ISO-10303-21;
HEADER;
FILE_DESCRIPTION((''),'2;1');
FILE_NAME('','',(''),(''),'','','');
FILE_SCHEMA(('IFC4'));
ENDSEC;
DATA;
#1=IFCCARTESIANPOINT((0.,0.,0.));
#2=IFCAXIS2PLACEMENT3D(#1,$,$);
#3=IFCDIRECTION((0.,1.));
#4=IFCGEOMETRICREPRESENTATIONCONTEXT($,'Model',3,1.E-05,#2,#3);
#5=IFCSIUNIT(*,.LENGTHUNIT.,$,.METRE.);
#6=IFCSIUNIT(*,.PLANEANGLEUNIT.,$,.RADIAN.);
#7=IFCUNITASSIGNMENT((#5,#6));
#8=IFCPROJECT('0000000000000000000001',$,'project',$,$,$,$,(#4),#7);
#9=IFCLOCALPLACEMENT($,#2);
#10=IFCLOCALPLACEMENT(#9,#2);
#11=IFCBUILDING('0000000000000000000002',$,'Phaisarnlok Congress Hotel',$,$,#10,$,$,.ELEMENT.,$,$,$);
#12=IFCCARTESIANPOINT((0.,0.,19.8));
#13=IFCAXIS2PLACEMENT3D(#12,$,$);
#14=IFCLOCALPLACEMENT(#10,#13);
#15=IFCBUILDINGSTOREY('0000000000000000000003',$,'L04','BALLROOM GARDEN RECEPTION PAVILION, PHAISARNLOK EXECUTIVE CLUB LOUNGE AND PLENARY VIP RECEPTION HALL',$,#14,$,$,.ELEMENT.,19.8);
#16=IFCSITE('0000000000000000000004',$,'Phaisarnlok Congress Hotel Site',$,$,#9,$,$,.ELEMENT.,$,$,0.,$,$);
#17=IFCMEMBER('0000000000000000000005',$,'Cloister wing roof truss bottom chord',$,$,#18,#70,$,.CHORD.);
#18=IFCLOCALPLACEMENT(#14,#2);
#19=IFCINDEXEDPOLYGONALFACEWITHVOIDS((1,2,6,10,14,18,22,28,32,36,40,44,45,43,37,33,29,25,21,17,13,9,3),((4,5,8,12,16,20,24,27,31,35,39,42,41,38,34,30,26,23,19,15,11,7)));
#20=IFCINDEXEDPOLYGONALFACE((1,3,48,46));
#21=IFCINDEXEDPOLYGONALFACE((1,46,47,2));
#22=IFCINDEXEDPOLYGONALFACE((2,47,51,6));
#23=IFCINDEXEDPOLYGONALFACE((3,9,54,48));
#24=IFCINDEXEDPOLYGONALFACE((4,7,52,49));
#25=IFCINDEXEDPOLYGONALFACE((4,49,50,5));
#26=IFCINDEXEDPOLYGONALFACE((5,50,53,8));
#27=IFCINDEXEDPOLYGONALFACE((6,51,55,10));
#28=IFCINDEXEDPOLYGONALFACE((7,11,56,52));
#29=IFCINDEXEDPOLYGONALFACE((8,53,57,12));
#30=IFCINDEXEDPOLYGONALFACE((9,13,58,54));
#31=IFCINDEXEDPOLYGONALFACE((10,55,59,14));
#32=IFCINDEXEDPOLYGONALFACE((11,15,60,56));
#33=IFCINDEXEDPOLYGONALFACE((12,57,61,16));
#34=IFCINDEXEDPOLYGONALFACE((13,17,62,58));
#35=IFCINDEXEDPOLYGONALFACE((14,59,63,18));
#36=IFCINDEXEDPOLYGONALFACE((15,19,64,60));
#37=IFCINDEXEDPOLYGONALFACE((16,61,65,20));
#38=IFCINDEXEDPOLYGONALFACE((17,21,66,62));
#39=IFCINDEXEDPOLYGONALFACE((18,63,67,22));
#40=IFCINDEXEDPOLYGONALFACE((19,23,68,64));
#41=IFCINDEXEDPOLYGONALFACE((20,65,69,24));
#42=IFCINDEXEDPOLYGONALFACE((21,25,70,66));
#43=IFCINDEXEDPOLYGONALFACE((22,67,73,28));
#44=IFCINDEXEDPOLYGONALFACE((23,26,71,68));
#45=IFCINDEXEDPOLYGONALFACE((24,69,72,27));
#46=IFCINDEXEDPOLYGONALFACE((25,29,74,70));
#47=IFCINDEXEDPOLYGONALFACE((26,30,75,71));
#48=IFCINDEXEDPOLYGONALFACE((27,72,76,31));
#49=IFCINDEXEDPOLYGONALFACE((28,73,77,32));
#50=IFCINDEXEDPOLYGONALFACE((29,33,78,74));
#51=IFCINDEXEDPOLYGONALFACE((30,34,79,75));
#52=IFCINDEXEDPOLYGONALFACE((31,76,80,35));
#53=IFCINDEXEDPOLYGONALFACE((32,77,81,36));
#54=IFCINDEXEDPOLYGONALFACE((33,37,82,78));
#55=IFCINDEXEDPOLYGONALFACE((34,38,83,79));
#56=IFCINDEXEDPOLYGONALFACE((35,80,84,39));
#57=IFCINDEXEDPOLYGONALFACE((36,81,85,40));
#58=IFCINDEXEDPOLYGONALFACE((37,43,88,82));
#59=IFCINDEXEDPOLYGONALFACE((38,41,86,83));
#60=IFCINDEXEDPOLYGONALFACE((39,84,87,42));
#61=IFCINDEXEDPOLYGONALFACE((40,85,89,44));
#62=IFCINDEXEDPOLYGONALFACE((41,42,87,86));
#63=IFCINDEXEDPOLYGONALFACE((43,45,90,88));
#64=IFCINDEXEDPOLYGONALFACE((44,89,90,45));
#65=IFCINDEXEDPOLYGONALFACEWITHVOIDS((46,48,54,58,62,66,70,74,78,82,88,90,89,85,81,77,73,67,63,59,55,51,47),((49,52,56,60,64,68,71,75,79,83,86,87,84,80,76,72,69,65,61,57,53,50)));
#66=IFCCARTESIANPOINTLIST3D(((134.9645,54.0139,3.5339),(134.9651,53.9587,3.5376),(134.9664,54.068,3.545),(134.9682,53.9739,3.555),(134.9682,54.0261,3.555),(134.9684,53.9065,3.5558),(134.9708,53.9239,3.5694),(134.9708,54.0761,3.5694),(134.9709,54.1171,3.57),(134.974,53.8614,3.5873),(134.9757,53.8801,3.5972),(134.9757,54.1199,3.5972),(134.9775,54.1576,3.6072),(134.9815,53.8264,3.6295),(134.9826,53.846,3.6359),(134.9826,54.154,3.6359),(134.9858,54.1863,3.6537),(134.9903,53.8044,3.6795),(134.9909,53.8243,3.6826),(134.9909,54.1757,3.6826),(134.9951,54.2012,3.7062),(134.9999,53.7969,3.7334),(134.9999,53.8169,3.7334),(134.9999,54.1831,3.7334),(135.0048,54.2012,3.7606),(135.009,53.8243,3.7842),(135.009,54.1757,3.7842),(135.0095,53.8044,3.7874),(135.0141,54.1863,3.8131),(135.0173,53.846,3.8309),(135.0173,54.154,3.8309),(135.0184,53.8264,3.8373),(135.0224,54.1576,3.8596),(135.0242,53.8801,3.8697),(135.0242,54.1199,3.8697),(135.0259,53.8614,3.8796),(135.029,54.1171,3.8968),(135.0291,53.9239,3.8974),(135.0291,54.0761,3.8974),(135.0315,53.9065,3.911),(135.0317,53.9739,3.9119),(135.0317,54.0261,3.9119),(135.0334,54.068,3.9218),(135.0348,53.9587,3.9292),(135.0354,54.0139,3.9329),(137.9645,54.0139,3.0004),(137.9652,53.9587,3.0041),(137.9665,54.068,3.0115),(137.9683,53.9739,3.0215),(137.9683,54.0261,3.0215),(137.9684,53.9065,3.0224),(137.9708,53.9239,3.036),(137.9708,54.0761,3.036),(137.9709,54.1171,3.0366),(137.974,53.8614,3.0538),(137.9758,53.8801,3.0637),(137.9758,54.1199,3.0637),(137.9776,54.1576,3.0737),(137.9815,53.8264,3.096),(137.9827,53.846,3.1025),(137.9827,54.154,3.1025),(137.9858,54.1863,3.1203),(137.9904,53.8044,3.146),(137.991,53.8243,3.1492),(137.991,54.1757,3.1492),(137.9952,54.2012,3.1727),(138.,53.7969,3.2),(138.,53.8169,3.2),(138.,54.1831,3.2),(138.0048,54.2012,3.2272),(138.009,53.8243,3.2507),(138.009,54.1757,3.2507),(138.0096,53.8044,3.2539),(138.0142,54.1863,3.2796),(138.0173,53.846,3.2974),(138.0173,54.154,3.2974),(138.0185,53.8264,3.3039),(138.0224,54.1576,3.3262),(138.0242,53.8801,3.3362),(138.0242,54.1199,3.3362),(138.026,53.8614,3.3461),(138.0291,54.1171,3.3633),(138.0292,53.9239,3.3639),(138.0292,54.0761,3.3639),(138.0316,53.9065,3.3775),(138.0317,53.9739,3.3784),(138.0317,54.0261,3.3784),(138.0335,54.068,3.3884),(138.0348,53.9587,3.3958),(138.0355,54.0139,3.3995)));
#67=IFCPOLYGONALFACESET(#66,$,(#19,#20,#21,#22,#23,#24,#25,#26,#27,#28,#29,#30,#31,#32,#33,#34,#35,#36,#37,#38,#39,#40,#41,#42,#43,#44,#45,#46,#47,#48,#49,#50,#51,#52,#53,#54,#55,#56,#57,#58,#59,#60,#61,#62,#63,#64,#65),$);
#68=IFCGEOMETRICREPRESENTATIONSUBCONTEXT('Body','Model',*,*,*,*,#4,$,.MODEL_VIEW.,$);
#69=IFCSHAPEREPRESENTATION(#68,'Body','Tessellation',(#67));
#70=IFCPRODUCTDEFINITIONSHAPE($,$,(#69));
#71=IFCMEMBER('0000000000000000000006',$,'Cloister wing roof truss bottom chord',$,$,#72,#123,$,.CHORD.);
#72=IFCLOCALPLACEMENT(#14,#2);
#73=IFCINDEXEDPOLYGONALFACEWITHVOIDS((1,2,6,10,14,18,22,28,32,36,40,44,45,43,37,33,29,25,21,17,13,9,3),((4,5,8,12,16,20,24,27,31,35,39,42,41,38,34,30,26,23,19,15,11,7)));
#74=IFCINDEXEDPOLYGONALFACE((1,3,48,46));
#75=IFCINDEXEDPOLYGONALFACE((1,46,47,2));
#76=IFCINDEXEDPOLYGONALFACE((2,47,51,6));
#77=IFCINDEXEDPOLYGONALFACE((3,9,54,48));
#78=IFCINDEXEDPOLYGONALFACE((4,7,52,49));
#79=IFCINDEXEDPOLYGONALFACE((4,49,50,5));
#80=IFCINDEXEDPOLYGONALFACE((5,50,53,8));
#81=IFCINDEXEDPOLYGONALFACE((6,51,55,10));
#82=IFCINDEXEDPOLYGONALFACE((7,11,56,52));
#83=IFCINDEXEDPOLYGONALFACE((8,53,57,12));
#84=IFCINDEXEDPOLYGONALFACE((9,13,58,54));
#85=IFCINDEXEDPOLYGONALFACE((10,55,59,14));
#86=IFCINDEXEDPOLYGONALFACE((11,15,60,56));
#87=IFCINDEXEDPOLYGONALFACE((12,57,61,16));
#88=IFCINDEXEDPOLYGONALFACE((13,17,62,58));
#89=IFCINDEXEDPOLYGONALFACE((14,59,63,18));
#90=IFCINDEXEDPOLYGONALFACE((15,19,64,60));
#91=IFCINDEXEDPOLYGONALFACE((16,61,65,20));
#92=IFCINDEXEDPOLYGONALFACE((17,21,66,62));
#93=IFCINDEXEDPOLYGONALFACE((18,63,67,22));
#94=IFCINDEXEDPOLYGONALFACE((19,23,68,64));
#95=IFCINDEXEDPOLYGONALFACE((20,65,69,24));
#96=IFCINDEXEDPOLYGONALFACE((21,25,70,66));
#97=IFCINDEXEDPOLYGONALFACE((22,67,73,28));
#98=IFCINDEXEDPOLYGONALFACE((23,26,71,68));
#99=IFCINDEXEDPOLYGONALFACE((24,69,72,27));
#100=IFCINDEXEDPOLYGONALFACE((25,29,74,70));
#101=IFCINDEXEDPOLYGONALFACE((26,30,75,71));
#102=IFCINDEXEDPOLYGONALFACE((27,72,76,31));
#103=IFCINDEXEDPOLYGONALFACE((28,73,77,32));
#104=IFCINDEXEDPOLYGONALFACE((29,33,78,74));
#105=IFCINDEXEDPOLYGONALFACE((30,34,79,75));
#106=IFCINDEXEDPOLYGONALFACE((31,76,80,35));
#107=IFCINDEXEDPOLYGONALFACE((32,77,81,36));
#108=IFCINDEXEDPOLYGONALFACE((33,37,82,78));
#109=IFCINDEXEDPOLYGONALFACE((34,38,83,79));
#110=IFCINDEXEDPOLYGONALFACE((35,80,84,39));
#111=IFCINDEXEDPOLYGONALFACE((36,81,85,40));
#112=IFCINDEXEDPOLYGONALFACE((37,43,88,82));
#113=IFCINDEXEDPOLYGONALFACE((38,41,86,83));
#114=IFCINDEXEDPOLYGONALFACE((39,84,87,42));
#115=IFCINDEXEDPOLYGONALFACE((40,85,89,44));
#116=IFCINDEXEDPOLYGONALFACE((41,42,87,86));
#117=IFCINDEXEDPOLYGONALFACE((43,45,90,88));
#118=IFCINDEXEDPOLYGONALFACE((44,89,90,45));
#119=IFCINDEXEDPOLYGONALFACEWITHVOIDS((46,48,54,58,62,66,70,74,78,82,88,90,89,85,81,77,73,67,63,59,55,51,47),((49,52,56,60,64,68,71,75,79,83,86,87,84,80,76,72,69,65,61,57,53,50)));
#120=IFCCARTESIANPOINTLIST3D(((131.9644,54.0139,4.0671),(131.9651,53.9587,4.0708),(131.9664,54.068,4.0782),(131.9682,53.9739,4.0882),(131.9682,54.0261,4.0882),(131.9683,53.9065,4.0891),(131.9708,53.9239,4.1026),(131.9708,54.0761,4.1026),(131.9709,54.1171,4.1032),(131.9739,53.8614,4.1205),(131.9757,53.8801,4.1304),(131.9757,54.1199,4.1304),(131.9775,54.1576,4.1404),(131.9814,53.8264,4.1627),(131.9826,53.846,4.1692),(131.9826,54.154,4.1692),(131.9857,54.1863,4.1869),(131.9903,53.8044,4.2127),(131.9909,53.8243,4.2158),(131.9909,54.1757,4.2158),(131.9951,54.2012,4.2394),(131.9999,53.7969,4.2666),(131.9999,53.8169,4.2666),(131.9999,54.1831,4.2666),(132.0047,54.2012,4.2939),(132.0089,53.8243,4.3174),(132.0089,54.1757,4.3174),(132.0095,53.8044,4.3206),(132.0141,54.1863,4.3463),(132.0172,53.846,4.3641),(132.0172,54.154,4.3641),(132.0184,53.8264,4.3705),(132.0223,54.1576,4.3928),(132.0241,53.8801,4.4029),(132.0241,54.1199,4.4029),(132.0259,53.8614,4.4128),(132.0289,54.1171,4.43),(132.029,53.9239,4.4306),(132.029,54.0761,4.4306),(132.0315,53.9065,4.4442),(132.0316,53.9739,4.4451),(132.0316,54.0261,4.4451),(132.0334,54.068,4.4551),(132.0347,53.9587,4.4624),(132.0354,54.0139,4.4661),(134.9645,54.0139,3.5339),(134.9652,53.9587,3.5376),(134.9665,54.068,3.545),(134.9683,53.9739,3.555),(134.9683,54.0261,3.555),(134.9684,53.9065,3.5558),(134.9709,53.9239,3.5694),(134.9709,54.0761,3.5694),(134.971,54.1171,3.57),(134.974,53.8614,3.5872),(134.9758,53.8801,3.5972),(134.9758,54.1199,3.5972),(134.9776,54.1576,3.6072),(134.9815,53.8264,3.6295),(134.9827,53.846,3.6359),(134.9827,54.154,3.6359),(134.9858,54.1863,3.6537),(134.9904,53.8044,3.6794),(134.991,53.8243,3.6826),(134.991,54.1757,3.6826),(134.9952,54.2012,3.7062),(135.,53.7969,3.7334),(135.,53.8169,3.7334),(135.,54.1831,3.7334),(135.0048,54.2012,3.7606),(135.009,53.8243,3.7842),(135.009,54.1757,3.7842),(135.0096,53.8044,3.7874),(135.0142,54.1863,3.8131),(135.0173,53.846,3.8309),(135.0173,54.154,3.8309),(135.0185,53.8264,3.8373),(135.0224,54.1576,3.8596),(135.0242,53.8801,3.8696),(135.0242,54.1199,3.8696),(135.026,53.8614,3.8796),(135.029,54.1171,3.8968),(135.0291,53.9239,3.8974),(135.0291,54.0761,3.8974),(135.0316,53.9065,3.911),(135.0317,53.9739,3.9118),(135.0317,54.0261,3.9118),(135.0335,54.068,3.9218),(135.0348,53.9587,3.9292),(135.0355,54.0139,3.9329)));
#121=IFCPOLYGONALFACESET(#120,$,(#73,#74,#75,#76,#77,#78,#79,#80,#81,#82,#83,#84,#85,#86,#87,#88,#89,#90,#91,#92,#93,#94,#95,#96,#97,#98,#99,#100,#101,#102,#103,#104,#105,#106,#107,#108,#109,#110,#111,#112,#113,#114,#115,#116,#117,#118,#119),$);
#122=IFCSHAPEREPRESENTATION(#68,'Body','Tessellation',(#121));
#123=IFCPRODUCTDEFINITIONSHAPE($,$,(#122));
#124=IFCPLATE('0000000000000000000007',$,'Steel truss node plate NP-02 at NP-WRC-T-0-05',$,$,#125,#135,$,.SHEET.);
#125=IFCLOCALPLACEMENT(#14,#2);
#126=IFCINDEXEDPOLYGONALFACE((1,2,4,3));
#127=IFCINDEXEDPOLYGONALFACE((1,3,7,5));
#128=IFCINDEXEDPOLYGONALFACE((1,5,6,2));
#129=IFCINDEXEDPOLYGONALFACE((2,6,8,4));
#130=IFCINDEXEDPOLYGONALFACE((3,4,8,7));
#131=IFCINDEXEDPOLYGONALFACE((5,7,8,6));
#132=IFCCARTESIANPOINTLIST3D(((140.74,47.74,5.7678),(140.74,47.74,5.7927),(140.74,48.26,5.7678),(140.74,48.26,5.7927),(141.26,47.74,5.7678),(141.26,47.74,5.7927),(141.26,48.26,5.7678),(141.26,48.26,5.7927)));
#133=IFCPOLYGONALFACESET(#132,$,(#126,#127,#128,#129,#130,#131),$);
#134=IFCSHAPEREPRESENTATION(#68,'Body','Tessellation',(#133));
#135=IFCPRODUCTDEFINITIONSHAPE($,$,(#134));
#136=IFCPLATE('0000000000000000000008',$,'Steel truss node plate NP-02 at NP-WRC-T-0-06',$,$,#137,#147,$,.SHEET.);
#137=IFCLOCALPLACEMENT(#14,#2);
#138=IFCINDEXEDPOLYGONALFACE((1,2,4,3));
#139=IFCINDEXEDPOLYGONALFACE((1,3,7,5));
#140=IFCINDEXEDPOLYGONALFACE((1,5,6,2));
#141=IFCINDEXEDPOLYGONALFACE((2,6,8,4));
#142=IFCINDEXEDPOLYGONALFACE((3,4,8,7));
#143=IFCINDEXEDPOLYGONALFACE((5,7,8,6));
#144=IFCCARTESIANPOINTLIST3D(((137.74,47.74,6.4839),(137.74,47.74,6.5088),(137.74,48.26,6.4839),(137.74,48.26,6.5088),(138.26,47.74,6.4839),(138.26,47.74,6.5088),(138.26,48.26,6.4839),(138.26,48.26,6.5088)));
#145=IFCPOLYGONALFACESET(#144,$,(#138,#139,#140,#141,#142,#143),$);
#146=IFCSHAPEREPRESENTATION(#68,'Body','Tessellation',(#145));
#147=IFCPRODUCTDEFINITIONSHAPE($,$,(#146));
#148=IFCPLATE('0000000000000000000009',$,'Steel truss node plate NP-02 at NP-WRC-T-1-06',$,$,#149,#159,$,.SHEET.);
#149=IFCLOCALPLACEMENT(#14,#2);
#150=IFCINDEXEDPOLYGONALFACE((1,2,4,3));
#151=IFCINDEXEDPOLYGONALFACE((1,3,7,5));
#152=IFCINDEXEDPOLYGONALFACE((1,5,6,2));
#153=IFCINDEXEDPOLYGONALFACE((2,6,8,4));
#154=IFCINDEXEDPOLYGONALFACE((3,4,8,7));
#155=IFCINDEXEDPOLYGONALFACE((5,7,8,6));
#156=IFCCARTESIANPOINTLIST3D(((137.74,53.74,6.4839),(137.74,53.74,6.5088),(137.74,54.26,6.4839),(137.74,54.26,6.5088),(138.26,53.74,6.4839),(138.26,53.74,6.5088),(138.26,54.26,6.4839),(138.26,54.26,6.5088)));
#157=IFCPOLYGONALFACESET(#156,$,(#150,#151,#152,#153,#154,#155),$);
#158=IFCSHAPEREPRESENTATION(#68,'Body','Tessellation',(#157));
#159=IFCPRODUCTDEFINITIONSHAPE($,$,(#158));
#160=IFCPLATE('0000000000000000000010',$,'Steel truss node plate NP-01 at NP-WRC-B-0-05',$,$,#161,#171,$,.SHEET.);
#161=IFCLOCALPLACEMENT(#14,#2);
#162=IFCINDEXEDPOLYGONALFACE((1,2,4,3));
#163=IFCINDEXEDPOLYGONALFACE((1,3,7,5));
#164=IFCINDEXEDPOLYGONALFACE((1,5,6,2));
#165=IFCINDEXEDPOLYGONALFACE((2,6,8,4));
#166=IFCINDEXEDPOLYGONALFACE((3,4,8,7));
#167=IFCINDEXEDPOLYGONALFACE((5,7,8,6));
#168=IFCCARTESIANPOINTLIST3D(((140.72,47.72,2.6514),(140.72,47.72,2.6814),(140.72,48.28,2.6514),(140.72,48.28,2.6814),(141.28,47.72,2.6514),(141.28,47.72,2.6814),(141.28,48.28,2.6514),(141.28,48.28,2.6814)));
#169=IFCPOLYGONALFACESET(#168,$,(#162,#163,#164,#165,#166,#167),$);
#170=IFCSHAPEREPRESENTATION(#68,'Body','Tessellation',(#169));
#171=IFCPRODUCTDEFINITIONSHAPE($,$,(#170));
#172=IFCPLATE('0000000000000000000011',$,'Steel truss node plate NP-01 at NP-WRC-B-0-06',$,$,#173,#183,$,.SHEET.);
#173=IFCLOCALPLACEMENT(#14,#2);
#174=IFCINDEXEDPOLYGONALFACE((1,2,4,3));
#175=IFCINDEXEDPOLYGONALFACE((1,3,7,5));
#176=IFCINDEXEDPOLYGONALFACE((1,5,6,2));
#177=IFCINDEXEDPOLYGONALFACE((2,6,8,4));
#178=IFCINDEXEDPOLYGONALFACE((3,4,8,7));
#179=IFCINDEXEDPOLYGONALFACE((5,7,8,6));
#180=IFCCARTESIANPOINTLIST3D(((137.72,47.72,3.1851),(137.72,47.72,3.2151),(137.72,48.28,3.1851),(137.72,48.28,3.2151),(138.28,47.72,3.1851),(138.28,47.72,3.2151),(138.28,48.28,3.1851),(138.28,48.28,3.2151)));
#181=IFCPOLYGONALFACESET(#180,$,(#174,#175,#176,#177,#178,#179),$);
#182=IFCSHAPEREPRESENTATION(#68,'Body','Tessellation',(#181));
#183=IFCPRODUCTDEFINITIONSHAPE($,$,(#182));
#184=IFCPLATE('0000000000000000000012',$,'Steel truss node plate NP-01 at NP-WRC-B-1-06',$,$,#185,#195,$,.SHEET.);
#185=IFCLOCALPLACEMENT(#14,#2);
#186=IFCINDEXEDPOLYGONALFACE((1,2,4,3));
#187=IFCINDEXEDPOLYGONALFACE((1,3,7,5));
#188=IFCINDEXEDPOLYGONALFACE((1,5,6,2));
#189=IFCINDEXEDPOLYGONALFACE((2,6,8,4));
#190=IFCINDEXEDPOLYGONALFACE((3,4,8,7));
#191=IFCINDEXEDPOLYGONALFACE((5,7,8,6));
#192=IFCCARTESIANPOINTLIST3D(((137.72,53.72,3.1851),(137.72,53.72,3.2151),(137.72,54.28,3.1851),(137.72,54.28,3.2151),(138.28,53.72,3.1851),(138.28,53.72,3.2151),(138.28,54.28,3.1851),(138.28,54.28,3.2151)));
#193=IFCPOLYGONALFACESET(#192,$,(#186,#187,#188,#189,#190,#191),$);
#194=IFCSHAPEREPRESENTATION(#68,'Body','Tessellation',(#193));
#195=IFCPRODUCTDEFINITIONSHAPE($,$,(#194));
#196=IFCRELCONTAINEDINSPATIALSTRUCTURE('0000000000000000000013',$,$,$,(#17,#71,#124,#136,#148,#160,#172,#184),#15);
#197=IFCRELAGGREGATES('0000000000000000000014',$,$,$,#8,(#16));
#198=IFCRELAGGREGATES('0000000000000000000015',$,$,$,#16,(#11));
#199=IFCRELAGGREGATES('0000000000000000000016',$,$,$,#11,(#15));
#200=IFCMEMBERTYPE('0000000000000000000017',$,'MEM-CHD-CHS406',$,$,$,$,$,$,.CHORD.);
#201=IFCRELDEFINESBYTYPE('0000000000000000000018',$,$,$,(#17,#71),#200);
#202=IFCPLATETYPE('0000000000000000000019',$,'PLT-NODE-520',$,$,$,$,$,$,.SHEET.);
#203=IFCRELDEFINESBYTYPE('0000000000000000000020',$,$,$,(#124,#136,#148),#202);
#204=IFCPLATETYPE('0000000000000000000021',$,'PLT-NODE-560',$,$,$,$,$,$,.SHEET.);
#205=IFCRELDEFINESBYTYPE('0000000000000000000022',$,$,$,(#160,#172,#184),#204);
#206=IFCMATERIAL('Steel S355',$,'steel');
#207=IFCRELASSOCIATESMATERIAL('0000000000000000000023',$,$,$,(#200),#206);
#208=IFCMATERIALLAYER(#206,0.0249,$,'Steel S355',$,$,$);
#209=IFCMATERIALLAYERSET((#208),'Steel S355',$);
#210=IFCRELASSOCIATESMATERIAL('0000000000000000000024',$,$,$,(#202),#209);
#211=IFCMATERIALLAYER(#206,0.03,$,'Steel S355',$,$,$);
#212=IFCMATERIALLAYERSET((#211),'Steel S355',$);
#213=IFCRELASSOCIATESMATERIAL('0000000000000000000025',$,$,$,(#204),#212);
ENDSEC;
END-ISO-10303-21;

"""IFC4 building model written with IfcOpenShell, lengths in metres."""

from ifc_helpers import new_model, si_unit, direction, frame, origin, origin_2d, place, context, subcontext, project, spatial, rectangle, hollow_circle, extrude, material, layer, layer_set, material_profile, profile_set, type_object, element, save


model = new_model("IFC4")

# Units and contexts
model_context = context("Model", 3, precision=1e-05, world=origin(), true_north=direction((0.0, 1.0)))
body_context = subcontext(model_context, "Body", "Model", "MODEL_VIEW")
ifc_project = project(units=[si_unit("LENGTHUNIT", "METRE"), si_unit("PLANEANGLEUNIT", "RADIAN")], contexts=[model_context])

# Site, building, storey
site_placement = place(None, origin())
site = spatial("IfcSite", under=ifc_project, at=site_placement, Name="Phaisarnlok Congress Hotel Site", CompositionType="ELEMENT", RefElevation=0.0)
building_placement = place(site_placement, origin())
building = spatial("IfcBuilding", under=site, at=building_placement, Name="Phaisarnlok Congress Hotel", CompositionType="ELEMENT")
storey_placement = place(building_placement, frame((0.0, 0.0, 19.8)))
storey = spatial("IfcBuildingStorey", under=building, at=storey_placement, Name="L04", Description="BALLROOM GARDEN RECEPTION PAVILION, PHAISARNLOK EXECUTIVE CLUB LOUNGE AND PLENARY VIP RECEPTION HALL", CompositionType="ELEMENT", Elevation=19.8)

# Shared definitions
ifc_material_1 = material(Name="Steel S355", Category="steel")

# Members
ifc_material_profile_1 = material_profile(ifc_material_1, hollow_circle(Radius=0.2031, WallThickness=0.02, at=origin_2d()), Name="CHS 406.4x20")
ifc_profile_set_1 = profile_set([ifc_material_profile_1], Name="Steel S355")
member_type_1 = type_object("IfcMemberType", Name="MEM-CHD-CHS406", PredefinedType="CHORD", material=ifc_profile_set_1)
for number, where, z_axis, x_axis, name in (
    (1, (138.0, 54.0, 3.2), (-0.984556, 0.0, 0.17507), (0.0, -1.0, 0.0), "Cloister wing roof truss bottom chord"),
    (2, (135.0, 54.0, 3.7334), (-0.98457, 0.0, 0.174992), (0.0, -1.0, 0.0), "Cloister wing roof truss bottom chord"),
):
    element("IfcMember", number, at=place(storey_placement, frame(where, z_axis=z_axis, x_axis=x_axis)), inside=storey, type_object=member_type_1, Name=name, PredefinedType="CHORD", context=body_context, shape_type="SweptSolid", body=[
        extrude(hollow_circle(Radius=0.2031, WallThickness=0.02, at=origin_2d()), origin(), (0.0, 0.0, 1.0), 3.0471),
    ])

# Plates
ifc_layer_1 = layer(ifc_material_1, 0.0249, Name="Steel S355")
ifc_layer_set_1 = layer_set([ifc_layer_1], Name="Steel S355")
plate_type_1 = type_object("IfcPlateType", Name="PLT-NODE-520", PredefinedType="SHEET", material=ifc_layer_set_1)
for number, where, z_axis, x_axis, name in (
    (3, (141.0, 48.0, 5.7678), (0.0, 0.0, 1.0), (1.0, 0.0, 0.0), "Steel truss node plate NP-02 at NP-WRC-T-0-05"),
    (4, (138.0, 48.0, 6.4839), (0.0, 0.0, 1.0), (1.0, 0.0, 0.0), "Steel truss node plate NP-02 at NP-WRC-T-0-06"),
    (5, (138.0, 54.0, 6.4839), (0.0, 0.0, 1.0), (1.0, 0.0, 0.0), "Steel truss node plate NP-02 at NP-WRC-T-1-06"),
):
    element("IfcPlate", number, at=place(storey_placement, frame(where, z_axis=z_axis, x_axis=x_axis)), inside=storey, type_object=plate_type_1, Name=name, PredefinedType="SHEET", context=body_context, shape_type="SweptSolid", body=[
        extrude(rectangle(XDim=0.52, YDim=0.52, at=origin_2d()), origin(), (0.0, 0.0, 1.0), 0.0249),
    ])
ifc_layer_2 = layer(ifc_material_1, 0.03, Name="Steel S355")
ifc_layer_set_2 = layer_set([ifc_layer_2], Name="Steel S355")
plate_type_2 = type_object("IfcPlateType", Name="PLT-NODE-560", PredefinedType="SHEET", material=ifc_layer_set_2)
for number, where, z_axis, x_axis, name in (
    (6, (141.0, 48.0, 2.6514), (0.0, 0.0, 1.0), (1.0, 0.0, 0.0), "Steel truss node plate NP-01 at NP-WRC-B-0-05"),
    (7, (138.0, 48.0, 3.1851), (0.0, 0.0, 1.0), (1.0, 0.0, 0.0), "Steel truss node plate NP-01 at NP-WRC-B-0-06"),
    (8, (138.0, 54.0, 3.1851), (0.0, 0.0, 1.0), (1.0, 0.0, 0.0), "Steel truss node plate NP-01 at NP-WRC-B-1-06"),
):
    element("IfcPlate", number, at=place(storey_placement, frame(where, z_axis=z_axis, x_axis=x_axis)), inside=storey, type_object=plate_type_2, Name=name, PredefinedType="SHEET", context=body_context, shape_type="SweptSolid", body=[
        extrude(rectangle(XDim=0.5601, YDim=0.5601, at=origin_2d()), origin(), (0.0, 0.0, 1.0), 0.03),
    ])

save(model, "model.ifc")
